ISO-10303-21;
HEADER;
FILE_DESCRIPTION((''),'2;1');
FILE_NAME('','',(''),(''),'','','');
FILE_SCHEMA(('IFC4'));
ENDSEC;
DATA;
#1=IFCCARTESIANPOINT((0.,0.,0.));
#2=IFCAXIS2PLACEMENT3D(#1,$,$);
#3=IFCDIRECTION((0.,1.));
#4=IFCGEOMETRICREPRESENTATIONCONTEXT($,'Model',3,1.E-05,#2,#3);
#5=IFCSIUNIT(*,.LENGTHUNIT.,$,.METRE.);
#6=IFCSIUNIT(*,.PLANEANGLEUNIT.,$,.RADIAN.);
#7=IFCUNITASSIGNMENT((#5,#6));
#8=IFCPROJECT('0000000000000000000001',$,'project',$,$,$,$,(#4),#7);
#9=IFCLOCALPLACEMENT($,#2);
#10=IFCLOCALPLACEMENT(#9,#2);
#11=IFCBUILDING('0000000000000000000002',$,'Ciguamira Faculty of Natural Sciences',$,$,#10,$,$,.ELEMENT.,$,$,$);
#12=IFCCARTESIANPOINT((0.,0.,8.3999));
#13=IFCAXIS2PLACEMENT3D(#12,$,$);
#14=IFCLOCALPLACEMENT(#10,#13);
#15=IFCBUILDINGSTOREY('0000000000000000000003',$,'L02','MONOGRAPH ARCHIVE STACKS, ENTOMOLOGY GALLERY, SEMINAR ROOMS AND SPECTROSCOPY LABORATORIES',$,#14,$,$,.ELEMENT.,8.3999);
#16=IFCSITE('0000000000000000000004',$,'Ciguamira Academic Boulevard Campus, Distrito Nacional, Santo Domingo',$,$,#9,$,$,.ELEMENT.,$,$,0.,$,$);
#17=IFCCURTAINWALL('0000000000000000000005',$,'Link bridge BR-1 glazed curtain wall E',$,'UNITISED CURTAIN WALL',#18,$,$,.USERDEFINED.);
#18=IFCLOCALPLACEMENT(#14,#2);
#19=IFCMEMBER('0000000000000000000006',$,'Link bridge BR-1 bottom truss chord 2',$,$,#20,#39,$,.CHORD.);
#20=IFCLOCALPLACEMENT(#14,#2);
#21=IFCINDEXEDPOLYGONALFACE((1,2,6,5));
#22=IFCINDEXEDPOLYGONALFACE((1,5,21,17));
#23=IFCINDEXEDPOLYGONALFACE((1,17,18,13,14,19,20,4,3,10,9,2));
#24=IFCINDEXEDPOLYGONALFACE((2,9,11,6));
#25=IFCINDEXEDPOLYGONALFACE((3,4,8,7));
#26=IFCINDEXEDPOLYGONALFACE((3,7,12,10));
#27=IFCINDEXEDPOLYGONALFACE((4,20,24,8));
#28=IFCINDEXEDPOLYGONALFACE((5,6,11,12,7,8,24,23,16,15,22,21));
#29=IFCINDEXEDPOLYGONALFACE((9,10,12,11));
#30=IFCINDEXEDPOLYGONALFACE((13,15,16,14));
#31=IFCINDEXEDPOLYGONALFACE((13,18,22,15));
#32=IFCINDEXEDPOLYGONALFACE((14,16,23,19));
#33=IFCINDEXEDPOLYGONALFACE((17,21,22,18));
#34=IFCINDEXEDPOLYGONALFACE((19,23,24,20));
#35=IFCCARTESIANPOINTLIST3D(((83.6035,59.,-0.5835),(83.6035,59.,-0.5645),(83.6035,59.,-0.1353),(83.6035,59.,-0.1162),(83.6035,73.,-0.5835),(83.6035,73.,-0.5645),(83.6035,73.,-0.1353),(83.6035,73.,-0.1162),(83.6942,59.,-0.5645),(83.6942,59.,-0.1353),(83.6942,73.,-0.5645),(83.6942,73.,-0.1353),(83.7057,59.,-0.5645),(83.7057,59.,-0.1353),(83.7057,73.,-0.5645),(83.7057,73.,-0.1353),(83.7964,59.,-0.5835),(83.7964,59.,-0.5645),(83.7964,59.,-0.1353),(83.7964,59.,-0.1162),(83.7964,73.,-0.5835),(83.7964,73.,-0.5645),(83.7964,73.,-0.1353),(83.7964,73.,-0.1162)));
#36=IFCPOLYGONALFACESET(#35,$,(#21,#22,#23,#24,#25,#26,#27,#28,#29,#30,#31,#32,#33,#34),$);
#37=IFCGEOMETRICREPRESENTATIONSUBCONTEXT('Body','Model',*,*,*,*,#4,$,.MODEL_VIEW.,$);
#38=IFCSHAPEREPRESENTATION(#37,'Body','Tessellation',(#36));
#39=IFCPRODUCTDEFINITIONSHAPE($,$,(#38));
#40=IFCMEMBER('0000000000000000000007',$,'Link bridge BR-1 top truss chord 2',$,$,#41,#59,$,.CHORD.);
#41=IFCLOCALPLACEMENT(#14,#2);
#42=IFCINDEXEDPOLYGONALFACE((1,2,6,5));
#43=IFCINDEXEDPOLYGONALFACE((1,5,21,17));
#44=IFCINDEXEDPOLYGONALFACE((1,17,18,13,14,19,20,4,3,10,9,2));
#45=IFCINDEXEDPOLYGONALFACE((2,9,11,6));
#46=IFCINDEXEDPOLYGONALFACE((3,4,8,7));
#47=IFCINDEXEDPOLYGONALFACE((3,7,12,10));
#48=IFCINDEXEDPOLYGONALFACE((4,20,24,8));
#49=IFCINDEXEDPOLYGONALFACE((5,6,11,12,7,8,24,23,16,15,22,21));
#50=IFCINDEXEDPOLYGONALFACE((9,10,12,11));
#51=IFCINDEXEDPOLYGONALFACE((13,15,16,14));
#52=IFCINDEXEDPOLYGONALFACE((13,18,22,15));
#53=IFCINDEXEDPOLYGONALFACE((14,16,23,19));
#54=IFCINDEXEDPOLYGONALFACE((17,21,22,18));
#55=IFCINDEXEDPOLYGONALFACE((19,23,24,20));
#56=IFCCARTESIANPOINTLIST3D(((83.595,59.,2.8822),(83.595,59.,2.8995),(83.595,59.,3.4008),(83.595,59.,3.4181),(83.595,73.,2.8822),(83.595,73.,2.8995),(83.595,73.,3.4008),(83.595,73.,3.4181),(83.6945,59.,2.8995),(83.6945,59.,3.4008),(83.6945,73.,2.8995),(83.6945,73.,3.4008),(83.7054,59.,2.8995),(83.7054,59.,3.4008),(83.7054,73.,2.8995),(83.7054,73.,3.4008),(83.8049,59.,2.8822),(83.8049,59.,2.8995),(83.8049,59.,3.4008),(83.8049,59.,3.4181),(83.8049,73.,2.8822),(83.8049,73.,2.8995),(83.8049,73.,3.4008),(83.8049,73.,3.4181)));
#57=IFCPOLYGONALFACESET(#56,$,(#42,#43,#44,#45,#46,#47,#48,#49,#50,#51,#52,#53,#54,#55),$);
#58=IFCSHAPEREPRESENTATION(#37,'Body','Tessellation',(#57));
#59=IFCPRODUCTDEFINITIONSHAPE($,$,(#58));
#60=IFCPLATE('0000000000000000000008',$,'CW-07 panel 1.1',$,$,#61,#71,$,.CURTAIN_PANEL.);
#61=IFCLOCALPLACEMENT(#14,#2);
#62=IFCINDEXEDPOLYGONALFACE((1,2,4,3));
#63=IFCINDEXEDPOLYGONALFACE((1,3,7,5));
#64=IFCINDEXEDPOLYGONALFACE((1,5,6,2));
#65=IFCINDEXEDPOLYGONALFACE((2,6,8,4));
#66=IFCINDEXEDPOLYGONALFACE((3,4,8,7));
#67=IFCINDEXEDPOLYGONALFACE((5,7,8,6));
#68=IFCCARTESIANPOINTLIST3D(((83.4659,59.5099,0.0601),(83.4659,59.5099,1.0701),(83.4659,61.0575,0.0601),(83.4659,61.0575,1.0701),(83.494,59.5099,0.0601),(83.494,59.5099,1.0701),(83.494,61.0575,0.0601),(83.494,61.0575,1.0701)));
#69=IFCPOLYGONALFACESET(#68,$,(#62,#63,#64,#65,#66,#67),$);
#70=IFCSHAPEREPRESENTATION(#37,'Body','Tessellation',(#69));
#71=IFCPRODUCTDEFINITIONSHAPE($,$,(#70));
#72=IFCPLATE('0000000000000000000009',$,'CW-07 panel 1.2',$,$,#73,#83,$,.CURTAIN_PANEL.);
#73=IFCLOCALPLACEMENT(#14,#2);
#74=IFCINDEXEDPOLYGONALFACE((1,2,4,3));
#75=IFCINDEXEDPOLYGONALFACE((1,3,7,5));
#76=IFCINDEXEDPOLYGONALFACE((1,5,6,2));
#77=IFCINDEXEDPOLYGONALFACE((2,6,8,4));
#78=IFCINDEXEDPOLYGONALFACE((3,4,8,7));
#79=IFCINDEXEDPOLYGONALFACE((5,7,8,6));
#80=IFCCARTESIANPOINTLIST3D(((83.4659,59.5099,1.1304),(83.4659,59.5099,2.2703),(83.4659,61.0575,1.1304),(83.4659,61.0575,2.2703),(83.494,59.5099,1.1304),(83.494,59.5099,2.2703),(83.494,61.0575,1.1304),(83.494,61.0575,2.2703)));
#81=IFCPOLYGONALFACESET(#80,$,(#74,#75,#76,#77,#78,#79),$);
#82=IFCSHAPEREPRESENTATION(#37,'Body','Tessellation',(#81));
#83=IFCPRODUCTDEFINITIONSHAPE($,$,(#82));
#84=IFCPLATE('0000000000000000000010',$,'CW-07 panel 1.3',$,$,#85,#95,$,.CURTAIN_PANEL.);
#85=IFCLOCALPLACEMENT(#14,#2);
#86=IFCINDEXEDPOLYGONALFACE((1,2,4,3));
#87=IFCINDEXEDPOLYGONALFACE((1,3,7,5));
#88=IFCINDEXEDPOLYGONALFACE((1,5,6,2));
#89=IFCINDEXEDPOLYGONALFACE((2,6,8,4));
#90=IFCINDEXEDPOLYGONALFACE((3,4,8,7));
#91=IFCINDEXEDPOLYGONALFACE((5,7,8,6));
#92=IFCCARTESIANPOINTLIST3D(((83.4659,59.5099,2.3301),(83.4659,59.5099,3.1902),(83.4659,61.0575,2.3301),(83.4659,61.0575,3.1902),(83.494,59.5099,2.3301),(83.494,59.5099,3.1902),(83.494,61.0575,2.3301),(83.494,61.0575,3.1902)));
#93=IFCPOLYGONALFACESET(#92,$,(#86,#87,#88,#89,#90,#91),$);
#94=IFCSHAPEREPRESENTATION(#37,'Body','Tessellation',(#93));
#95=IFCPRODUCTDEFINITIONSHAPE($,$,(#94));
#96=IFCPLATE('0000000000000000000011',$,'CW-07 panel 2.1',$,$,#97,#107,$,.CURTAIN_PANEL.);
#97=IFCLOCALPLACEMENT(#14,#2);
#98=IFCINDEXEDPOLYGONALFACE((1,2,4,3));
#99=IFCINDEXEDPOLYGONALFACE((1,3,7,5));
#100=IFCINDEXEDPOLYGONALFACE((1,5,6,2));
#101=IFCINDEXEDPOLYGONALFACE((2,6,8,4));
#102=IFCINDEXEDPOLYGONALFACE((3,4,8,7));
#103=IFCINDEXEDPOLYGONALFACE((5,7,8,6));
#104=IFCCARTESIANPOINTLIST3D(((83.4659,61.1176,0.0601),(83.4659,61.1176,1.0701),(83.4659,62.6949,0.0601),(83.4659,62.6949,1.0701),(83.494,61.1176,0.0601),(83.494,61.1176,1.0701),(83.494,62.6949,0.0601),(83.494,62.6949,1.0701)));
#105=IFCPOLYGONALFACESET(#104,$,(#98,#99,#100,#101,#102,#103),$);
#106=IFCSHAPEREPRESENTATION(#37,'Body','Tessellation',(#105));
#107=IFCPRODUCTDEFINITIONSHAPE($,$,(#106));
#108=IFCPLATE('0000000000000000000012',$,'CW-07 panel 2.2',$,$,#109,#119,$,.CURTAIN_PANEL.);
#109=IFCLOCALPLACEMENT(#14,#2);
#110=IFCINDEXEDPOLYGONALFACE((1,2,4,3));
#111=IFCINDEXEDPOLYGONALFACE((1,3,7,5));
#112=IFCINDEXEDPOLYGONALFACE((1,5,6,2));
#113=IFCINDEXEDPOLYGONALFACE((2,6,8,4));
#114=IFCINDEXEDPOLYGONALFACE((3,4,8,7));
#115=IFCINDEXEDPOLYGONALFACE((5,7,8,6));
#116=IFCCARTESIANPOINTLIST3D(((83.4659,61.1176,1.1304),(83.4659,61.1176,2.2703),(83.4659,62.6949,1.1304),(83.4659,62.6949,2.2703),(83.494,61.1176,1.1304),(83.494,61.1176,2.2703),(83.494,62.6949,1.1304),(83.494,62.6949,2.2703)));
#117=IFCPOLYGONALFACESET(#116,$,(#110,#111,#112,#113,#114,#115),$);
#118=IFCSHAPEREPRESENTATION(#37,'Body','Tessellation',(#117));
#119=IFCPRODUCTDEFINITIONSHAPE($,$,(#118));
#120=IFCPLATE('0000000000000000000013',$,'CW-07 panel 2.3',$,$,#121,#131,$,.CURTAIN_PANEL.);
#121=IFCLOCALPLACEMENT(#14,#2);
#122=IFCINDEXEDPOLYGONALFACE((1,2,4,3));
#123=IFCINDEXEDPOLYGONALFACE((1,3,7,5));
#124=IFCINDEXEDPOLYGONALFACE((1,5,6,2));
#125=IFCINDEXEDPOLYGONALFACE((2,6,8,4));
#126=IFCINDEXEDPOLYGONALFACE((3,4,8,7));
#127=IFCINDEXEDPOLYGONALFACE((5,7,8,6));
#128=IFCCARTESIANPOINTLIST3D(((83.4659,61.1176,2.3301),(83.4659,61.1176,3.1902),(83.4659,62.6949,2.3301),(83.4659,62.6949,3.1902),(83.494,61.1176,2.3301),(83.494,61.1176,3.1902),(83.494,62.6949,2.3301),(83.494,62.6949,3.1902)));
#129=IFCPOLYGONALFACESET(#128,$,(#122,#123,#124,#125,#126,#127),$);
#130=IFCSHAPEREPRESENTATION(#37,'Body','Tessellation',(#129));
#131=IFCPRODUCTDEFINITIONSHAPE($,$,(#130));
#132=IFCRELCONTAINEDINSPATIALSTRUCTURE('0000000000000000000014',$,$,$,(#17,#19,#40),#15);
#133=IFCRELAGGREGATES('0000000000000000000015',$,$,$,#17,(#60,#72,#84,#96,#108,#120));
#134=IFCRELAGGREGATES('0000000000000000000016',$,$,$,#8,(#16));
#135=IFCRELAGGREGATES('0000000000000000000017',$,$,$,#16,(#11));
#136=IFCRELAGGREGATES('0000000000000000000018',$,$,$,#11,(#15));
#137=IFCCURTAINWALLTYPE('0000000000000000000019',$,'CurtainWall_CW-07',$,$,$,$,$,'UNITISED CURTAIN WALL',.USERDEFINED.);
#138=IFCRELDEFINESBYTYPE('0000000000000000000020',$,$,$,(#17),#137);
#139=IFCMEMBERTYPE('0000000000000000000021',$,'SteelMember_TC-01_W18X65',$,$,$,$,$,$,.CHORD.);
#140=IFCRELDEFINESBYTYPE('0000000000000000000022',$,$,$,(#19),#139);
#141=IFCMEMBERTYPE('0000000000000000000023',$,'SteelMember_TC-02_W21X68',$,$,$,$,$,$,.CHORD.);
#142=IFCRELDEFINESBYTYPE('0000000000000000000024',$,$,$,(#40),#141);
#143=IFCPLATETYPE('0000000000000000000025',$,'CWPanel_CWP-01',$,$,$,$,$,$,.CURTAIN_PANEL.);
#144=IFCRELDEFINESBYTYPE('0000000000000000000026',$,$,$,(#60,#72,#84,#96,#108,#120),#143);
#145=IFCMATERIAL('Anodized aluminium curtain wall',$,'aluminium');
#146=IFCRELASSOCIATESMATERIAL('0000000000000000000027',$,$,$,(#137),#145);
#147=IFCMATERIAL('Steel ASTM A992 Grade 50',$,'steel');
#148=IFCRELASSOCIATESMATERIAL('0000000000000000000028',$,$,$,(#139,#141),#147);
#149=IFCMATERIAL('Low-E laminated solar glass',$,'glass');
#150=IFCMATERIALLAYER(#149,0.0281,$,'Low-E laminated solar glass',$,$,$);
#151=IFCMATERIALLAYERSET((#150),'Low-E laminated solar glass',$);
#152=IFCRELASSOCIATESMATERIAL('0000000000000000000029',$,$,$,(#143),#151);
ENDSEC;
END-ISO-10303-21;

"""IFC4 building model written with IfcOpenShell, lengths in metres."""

from ifc_helpers import new_model, si_unit, direction, frame, origin, origin_2d, place, context, subcontext, project, spatial, rectangle, i_section, extrude, material, layer, layer_set, material_profile, profile_set, type_object, element, aggregate, save


model = new_model("IFC4")

# Units and contexts
model_context = context("Model", 3, precision=1e-05, world=origin(), true_north=direction((0.0, 1.0)))
body_context = subcontext(model_context, "Body", "Model", "MODEL_VIEW")
ifc_project = project(units=[si_unit("LENGTHUNIT", "METRE"), si_unit("PLANEANGLEUNIT", "RADIAN")], contexts=[model_context])

# Site, building, storey
site_placement = place(None, origin())
site = spatial("IfcSite", under=ifc_project, at=site_placement, Name="Ciguamira Academic Boulevard Campus, Distrito Nacional, Santo Domingo", CompositionType="ELEMENT", RefElevation=0.0)
building_placement = place(site_placement, origin())
building = spatial("IfcBuilding", under=site, at=building_placement, Name="Ciguamira Faculty of Natural Sciences", CompositionType="ELEMENT")
storey_placement = place(building_placement, frame((0.0, 0.0, 8.3999)))
storey = spatial("IfcBuildingStorey", under=building, at=storey_placement, Name="L02", Description="MONOGRAPH ARCHIVE STACKS, ENTOMOLOGY GALLERY, SEMINAR ROOMS AND SPECTROSCOPY LABORATORIES", CompositionType="ELEMENT", Elevation=8.3999)

# Curtain wall
ifc_material_1 = material(Name="Anodized aluminium curtain wall", Category="aluminium")
curtain_wall_type = type_object("IfcCurtainWallType", Name="CurtainWall_CW-07", ElementType="UNITISED CURTAIN WALL", PredefinedType="USERDEFINED", material=ifc_material_1)
curtain_wall_placement = place(storey_placement, origin())
curtain_wall = element("IfcCurtainWall", 1, at=curtain_wall_placement, inside=storey, type_object=curtain_wall_type, Name="Link bridge BR-1 glazed curtain wall E", ObjectType="UNITISED CURTAIN WALL", PredefinedType="USERDEFINED")

# Members
ifc_material_2 = material(Name="Steel ASTM A992 Grade 50", Category="steel")
ifc_material_profile_1 = material_profile(ifc_material_2, i_section(OverallWidth=0.1929, OverallDepth=0.4673, WebThickness=0.0115, FlangeThickness=0.019, at=origin_2d()), Name="W18X65")
ifc_profile_set_1 = profile_set([ifc_material_profile_1], Name="Steel ASTM A992 Grade 50")
member_type_1 = type_object("IfcMemberType", Name="SteelMember_TC-01_W18X65", PredefinedType="CHORD", material=ifc_profile_set_1)
member_1_placement = place(storey_placement, frame((83.7, 59.0, -0.3499), z_axis=(0.0, 1.0, 0.0), x_axis=(-1.0, 0.0, 0.0)))
element("IfcMember", 2, at=member_1_placement, inside=storey, type_object=member_type_1, Name="Link bridge BR-1 bottom truss chord 2", PredefinedType="CHORD", context=body_context, shape_type="SweptSolid", body=[
    extrude(i_section(OverallWidth=0.1929, OverallDepth=0.4673, WebThickness=0.0115, FlangeThickness=0.019, at=origin_2d()), origin(), (0.0, 0.0, 1.0), 14.0),
])
ifc_material_profile_2 = material_profile(ifc_material_2, i_section(OverallWidth=0.21, OverallDepth=0.5359, WebThickness=0.011, FlangeThickness=0.0173, at=origin_2d()), Name="W21X68")
ifc_profile_set_2 = profile_set([ifc_material_profile_2], Name="Steel ASTM A992 Grade 50")
member_type_2 = type_object("IfcMemberType", Name="SteelMember_TC-02_W21X68", PredefinedType="CHORD", material=ifc_profile_set_2)
member_2_placement = place(storey_placement, frame((83.7, 59.0, 3.1501), z_axis=(0.0, 1.0, 0.0), x_axis=(-1.0, 0.0, 0.0)))
element("IfcMember", 3, at=member_2_placement, inside=storey, type_object=member_type_2, Name="Link bridge BR-1 top truss chord 2", PredefinedType="CHORD", context=body_context, shape_type="SweptSolid", body=[
    extrude(i_section(OverallWidth=0.21, OverallDepth=0.5359, WebThickness=0.011, FlangeThickness=0.0173, at=origin_2d()), origin(), (0.0, 0.0, 1.0), 14.0),
])

# Plates
ifc_material_3 = material(Name="Low-E laminated solar glass", Category="glass")
ifc_layer_1 = layer(ifc_material_3, 0.0281, Name="Low-E laminated solar glass")
ifc_layer_set_1 = layer_set([ifc_layer_1], Name="Low-E laminated solar glass")
plate_type = type_object("IfcPlateType", Name="CWPanel_CWP-01", PredefinedType="CURTAIN_PANEL", material=ifc_layer_set_1)
plate_1_placement = place(storey_placement, frame((83.48, 60.2837, 0.0601), z_axis=(0.0, 0.0, 1.0), x_axis=(0.0, 1.0, 0.0)))
plate_1 = element("IfcPlate", 4, at=plate_1_placement, type_object=plate_type, Name="CW-07 panel 1.1", PredefinedType="CURTAIN_PANEL", context=body_context, shape_type="SweptSolid", body=[
    extrude(rectangle(XDim=1.5476, YDim=0.0281, at=origin_2d()), origin(), (0.0, 0.0, 1.0), 1.01),
])
plate_2_placement = place(storey_placement, frame((83.48, 60.2837, 1.1304), z_axis=(0.0, 0.0, 1.0), x_axis=(0.0, 1.0, 0.0)))
plate_2 = element("IfcPlate", 5, at=plate_2_placement, type_object=plate_type, Name="CW-07 panel 1.2", PredefinedType="CURTAIN_PANEL", context=body_context, shape_type="SweptSolid", body=[
    extrude(rectangle(XDim=1.5476, YDim=0.0281, at=origin_2d()), origin(), (0.0, 0.0, 1.0), 1.1399),
])
plate_3_placement = place(storey_placement, frame((83.48, 60.2837, 2.3301), z_axis=(0.0, 0.0, 1.0), x_axis=(0.0, 1.0, 0.0)))
plate_3 = element("IfcPlate", 6, at=plate_3_placement, type_object=plate_type, Name="CW-07 panel 1.3", PredefinedType="CURTAIN_PANEL", context=body_context, shape_type="SweptSolid", body=[
    extrude(rectangle(XDim=1.5476, YDim=0.0281, at=origin_2d()), origin(), (0.0, 0.0, 1.0), 0.8601),
])
plate_4_placement = place(storey_placement, frame((83.48, 61.9062, 0.0601), z_axis=(0.0, 0.0, 1.0), x_axis=(0.0, 1.0, 0.0)))
plate_4 = element("IfcPlate", 7, at=plate_4_placement, type_object=plate_type, Name="CW-07 panel 2.1", PredefinedType="CURTAIN_PANEL", context=body_context, shape_type="SweptSolid", body=[
    extrude(rectangle(XDim=1.5774, YDim=0.0281, at=origin_2d()), origin(), (0.0, 0.0, 1.0), 1.01),
])
plate_5_placement = place(storey_placement, frame((83.48, 61.9062, 1.1304), z_axis=(0.0, 0.0, 1.0), x_axis=(0.0, 1.0, 0.0)))
plate_5 = element("IfcPlate", 8, at=plate_5_placement, type_object=plate_type, Name="CW-07 panel 2.2", PredefinedType="CURTAIN_PANEL", context=body_context, shape_type="SweptSolid", body=[
    extrude(rectangle(XDim=1.5774, YDim=0.0281, at=origin_2d()), origin(), (0.0, 0.0, 1.0), 1.1399),
])
plate_6_placement = place(storey_placement, frame((83.48, 61.9062, 2.3301), z_axis=(0.0, 0.0, 1.0), x_axis=(0.0, 1.0, 0.0)))
plate_6 = element("IfcPlate", 9, at=plate_6_placement, type_object=plate_type, Name="CW-07 panel 2.3", PredefinedType="CURTAIN_PANEL", context=body_context, shape_type="SweptSolid", body=[
    extrude(rectangle(XDim=1.5774, YDim=0.0281, at=origin_2d()), origin(), (0.0, 0.0, 1.0), 0.8601),
])
aggregate(curtain_wall, [plate_1, plate_2, plate_3, plate_4, plate_5, plate_6])

save(model, "model.ifc")
